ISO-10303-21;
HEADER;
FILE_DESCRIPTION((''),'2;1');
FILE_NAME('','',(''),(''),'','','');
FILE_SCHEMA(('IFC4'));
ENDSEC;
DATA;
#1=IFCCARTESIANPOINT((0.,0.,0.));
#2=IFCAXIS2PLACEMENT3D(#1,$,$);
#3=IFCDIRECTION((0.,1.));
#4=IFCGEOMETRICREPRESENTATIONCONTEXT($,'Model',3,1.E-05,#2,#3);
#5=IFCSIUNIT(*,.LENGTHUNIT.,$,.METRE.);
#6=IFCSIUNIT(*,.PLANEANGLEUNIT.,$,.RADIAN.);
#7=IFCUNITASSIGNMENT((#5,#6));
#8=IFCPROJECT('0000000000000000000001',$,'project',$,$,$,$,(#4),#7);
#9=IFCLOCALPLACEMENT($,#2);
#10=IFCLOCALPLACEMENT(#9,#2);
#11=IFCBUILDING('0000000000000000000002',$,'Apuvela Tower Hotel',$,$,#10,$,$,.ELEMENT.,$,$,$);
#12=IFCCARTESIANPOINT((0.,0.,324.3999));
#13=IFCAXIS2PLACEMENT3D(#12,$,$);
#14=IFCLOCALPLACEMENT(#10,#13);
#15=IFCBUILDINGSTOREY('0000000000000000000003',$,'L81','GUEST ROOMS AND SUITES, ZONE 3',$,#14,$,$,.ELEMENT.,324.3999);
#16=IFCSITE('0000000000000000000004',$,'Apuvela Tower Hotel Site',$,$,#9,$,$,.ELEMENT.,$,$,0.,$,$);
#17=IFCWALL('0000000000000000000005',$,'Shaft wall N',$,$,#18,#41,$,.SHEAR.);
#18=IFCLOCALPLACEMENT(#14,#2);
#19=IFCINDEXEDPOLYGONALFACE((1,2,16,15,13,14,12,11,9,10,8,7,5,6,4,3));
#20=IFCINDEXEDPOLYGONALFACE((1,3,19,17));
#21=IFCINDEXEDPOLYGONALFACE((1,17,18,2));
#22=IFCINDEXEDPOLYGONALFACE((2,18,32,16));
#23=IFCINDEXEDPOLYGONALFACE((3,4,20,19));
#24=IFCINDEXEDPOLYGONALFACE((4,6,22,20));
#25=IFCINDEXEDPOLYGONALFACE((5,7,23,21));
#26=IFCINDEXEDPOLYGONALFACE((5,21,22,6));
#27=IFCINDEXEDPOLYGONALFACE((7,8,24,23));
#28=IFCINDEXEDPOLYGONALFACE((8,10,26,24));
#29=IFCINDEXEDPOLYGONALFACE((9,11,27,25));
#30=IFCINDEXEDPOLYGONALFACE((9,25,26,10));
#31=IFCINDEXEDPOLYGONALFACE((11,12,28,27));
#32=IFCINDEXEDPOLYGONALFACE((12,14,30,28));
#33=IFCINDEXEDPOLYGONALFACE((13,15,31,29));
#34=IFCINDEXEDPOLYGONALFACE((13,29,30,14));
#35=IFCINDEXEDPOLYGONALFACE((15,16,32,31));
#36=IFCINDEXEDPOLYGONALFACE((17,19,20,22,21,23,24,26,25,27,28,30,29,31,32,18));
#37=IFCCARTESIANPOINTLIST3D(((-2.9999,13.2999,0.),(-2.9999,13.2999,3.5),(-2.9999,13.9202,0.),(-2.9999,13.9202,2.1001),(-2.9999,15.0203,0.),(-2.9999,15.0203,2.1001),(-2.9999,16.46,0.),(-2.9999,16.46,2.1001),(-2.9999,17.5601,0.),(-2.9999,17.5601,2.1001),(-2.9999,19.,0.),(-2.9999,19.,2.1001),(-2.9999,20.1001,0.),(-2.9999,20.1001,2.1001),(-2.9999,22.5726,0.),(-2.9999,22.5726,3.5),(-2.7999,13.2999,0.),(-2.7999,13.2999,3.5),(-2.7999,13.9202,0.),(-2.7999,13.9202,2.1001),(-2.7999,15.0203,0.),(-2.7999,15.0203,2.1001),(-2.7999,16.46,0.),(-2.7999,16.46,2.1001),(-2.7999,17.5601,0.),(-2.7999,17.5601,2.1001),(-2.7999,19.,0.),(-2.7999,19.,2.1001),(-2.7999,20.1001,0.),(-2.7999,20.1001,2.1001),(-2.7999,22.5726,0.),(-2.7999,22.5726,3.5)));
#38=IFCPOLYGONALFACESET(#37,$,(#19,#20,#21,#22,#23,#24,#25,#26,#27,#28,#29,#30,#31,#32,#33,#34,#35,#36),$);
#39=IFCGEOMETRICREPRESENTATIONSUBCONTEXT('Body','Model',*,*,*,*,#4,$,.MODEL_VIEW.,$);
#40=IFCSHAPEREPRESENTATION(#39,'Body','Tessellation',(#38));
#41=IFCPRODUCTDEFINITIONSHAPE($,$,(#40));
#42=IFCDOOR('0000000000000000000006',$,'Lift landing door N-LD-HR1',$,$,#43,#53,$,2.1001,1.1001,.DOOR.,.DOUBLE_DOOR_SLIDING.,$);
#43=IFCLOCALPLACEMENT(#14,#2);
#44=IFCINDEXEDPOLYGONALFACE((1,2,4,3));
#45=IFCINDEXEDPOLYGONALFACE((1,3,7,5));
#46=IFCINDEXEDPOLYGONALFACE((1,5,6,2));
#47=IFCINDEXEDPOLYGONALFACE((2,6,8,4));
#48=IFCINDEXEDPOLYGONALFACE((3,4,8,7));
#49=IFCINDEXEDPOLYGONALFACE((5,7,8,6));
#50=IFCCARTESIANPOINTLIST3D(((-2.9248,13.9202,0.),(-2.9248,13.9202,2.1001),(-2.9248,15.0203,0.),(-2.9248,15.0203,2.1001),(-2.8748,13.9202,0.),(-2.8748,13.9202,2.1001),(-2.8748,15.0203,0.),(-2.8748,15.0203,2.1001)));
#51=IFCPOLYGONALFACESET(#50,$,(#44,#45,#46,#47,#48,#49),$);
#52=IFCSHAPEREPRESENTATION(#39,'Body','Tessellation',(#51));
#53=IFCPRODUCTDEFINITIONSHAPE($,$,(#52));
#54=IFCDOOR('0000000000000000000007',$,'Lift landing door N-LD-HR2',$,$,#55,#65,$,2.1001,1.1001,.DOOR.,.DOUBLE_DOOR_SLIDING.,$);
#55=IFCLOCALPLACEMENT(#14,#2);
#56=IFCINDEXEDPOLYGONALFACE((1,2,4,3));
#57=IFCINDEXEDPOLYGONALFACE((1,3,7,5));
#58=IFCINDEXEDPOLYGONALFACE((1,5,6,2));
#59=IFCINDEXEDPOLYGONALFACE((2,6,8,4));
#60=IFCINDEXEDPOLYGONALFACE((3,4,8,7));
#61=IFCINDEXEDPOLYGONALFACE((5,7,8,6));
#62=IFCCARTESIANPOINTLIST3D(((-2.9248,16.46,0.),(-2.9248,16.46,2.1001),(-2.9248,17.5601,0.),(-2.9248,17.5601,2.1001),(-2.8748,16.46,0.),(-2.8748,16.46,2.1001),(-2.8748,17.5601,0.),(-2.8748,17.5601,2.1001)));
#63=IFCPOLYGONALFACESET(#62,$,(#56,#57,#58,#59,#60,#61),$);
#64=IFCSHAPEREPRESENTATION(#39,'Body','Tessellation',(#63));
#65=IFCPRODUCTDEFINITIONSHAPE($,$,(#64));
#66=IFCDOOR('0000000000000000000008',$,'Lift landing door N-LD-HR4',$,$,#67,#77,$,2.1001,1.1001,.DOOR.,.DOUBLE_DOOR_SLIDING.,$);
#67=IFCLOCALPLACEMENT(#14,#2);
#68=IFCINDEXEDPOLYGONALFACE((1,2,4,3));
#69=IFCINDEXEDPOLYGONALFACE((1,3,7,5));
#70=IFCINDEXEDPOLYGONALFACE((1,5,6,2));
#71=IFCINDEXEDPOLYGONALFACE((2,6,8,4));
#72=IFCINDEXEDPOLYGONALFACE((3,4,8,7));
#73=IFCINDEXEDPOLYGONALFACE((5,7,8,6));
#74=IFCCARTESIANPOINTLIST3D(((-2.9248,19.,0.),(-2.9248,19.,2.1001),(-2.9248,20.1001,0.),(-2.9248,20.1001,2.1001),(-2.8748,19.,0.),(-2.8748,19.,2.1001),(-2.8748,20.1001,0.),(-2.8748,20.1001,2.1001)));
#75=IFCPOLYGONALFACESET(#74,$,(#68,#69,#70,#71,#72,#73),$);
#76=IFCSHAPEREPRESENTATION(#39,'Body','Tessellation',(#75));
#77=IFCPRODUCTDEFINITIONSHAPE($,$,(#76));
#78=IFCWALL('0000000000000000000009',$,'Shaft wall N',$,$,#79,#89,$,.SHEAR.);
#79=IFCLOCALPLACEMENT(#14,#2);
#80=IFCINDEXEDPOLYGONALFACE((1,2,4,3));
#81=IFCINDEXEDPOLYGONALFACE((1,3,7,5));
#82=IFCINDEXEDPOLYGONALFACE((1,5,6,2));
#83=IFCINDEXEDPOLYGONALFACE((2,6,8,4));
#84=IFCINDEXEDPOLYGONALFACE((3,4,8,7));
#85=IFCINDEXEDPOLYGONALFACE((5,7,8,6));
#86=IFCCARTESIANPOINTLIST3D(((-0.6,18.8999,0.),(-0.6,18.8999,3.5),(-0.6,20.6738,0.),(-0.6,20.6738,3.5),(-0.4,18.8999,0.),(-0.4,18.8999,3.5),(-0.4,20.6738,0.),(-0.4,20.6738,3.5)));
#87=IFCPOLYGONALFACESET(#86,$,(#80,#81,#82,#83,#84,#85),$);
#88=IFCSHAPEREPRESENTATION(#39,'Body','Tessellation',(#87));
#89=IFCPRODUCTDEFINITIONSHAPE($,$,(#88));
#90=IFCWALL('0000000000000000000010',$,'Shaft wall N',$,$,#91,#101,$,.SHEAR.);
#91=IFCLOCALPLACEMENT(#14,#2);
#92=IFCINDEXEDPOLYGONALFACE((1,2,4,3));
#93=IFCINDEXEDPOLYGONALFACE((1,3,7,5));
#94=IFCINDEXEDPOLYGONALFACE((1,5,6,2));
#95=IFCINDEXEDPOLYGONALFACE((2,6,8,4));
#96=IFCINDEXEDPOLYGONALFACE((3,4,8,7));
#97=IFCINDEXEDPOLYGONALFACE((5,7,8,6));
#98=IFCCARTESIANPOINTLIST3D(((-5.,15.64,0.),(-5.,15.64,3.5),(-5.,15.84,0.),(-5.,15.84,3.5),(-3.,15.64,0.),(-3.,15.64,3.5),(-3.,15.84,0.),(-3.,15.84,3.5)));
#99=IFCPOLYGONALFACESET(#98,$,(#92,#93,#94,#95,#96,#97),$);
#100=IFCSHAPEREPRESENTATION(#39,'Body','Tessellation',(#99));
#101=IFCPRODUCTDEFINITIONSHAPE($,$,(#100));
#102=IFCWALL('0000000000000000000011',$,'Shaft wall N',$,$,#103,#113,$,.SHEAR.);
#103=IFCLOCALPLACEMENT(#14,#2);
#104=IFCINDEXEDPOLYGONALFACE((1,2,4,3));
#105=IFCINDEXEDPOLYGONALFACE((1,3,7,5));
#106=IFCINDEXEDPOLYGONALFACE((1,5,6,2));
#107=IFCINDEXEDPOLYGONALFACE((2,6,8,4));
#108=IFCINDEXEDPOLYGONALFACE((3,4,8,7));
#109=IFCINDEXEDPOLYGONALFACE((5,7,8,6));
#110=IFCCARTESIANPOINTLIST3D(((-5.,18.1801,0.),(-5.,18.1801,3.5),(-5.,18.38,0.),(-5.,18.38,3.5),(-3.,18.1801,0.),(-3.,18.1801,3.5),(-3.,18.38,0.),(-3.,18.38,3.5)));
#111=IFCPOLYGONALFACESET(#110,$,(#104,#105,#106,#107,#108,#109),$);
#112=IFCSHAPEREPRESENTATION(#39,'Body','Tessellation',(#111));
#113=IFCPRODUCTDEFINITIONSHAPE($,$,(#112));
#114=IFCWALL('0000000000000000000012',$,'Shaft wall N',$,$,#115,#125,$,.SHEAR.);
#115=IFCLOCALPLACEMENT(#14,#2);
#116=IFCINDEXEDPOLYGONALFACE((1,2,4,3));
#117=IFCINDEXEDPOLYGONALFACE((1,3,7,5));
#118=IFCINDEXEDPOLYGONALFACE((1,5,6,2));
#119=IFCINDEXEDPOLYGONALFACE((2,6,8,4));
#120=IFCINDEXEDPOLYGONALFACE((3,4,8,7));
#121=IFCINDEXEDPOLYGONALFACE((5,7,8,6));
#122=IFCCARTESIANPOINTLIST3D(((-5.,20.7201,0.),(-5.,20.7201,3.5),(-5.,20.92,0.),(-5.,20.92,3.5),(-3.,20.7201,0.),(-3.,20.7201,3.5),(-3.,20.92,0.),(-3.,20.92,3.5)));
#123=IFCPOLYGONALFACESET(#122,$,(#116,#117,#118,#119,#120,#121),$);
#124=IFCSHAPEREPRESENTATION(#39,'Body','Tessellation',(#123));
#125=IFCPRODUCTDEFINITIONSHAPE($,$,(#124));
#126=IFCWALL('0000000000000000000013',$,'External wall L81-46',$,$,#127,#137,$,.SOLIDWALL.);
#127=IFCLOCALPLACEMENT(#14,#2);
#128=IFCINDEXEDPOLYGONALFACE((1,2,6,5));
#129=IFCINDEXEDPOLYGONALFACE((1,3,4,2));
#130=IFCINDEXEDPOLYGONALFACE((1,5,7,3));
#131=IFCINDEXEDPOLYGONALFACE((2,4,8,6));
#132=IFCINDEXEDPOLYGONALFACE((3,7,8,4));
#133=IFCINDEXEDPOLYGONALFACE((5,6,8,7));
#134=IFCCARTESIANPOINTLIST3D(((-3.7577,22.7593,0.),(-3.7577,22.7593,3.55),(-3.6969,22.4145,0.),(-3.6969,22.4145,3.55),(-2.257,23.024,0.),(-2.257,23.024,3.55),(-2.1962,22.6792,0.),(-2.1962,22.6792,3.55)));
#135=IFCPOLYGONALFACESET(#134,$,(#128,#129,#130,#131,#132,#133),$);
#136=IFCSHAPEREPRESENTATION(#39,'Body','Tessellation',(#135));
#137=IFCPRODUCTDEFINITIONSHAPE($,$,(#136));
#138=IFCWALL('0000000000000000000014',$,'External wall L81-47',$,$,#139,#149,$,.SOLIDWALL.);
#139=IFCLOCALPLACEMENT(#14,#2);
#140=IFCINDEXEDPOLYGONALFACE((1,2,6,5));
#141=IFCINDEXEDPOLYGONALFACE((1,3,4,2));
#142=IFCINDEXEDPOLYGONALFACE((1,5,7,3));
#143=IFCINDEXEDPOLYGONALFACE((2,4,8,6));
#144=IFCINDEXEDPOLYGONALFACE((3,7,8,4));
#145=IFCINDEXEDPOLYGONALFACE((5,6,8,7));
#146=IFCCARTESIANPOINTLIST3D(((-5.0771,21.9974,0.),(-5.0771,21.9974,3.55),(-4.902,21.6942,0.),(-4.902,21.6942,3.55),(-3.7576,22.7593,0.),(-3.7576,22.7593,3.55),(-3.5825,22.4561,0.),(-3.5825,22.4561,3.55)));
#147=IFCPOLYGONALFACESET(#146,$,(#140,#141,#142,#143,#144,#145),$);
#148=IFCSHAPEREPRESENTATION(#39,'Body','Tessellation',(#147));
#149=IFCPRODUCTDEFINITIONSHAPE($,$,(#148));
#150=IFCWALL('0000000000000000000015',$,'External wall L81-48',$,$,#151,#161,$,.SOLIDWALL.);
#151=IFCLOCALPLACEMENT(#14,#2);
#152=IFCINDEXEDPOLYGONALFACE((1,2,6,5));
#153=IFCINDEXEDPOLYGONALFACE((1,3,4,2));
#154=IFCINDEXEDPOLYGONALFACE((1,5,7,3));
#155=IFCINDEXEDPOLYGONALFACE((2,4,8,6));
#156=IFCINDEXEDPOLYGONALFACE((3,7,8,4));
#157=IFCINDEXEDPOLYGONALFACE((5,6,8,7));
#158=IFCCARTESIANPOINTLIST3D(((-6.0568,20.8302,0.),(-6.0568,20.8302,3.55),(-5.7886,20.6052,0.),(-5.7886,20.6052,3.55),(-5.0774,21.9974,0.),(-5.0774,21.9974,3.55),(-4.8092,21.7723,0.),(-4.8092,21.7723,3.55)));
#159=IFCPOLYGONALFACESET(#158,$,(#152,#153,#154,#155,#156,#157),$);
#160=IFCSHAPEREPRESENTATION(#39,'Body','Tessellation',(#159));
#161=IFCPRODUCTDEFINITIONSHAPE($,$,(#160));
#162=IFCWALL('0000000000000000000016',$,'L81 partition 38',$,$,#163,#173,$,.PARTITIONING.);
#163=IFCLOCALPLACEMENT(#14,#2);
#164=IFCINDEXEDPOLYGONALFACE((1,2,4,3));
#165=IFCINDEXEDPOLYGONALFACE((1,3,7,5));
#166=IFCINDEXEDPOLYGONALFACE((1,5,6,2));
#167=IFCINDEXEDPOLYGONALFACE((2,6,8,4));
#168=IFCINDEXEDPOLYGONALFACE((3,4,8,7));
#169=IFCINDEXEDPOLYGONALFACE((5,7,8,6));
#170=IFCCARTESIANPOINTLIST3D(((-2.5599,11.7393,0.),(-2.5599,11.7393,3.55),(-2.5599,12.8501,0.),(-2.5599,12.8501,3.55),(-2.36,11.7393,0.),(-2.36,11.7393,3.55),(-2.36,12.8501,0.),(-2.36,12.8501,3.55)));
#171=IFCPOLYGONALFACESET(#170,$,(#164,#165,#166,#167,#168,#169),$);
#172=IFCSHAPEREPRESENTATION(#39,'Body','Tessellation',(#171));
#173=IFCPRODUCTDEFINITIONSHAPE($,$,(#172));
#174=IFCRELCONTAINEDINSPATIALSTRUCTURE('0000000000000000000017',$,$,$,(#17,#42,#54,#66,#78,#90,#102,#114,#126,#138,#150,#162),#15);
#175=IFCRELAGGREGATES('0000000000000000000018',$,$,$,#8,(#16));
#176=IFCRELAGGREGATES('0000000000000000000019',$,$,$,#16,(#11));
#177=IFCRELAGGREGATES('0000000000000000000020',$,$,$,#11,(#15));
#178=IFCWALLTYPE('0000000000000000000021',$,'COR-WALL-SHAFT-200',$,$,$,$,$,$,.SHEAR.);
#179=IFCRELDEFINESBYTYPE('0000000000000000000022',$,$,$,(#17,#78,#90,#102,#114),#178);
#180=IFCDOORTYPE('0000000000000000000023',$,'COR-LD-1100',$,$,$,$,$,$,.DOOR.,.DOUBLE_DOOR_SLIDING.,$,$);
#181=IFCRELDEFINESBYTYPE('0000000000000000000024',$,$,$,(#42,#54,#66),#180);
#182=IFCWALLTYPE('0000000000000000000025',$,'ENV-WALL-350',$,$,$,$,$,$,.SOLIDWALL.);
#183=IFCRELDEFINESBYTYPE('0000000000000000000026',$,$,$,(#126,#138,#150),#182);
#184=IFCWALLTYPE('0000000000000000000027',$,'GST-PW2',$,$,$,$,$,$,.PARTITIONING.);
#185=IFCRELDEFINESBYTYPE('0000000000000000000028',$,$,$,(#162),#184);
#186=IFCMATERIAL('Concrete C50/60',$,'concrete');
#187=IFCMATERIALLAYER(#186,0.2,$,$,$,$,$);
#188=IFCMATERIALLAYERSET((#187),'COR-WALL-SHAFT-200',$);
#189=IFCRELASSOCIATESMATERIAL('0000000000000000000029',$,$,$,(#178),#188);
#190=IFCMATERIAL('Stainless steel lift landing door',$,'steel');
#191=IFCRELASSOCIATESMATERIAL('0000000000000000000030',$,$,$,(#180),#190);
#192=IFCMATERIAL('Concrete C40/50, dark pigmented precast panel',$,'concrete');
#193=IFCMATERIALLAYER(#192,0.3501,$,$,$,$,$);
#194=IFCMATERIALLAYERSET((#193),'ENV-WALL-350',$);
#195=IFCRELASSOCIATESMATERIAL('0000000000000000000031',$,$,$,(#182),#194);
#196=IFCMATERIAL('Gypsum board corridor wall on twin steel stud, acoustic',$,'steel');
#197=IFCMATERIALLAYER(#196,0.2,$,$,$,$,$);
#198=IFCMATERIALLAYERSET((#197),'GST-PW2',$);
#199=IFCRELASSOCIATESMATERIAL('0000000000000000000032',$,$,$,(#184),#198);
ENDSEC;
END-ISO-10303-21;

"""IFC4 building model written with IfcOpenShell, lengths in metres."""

from ifc_helpers import new_model, si_unit, direction, frame, frame_2d, origin, place, context, subcontext, project, spatial, rectangle, extrude, material, layer, layer_set, type_object, element, fill, save


model = new_model("IFC4")

# Units and contexts
model_context = context("Model", 3, precision=1e-05, world=origin(), true_north=direction((0.0, 1.0)))
body_context = subcontext(model_context, "Body", "Model", "MODEL_VIEW")
ifc_project = project(units=[si_unit("LENGTHUNIT", "METRE"), si_unit("PLANEANGLEUNIT", "RADIAN")], contexts=[model_context])

# Site, building, storey
site_placement = place(None, origin())
site = spatial("IfcSite", under=ifc_project, at=site_placement, Name="Apuvela Tower Hotel Site", CompositionType="ELEMENT", RefElevation=0.0)
building_placement = place(site_placement, origin())
building = spatial("IfcBuilding", under=site, at=building_placement, Name="Apuvela Tower Hotel", CompositionType="ELEMENT")
storey_placement = place(building_placement, frame((0.0, 0.0, 324.3999)))
storey = spatial("IfcBuildingStorey", under=building, at=storey_placement, Name="L81", Description="GUEST ROOMS AND SUITES, ZONE 3", CompositionType="ELEMENT", Elevation=324.3999)

# Shared definitions
ifc_material_1 = material(Name="Concrete C50/60", Category="concrete")
ifc_layer_1 = layer(ifc_material_1, 0.2)
ifc_layer_set_1 = layer_set([ifc_layer_1], Name="COR-WALL-SHAFT-200")
wall_type_1 = type_object("IfcWallType", Name="COR-WALL-SHAFT-200", PredefinedType="SHEAR", material=ifc_layer_set_1)

# Wall, openings, doors
wall_1_placement = place(storey_placement, frame((-2.8999, 13.3, 0.0), z_axis=(0.0, 0.0, 1.0), x_axis=(0.0, 1.0, 0.0)))
wall_1 = element("IfcWall", 1, at=wall_1_placement, inside=storey, type_object=wall_type_1, Name="Shaft wall N", PredefinedType="SHEAR", context=body_context, shape_type="SweptSolid", body=[
    extrude(rectangle(XDim=9.2727, YDim=0.2, at=frame_2d((4.6362, 0.0))), origin(), (0.0, 0.0, 1.0), 3.5),
])
opening_1_placement = place(wall_1_placement, frame((0.6201, 0.0, 0.0)))
opening_1 = element("IfcOpeningElement", 2, at=opening_1_placement, cuts=wall_1, PredefinedType="OPENING", context=body_context, shape_type="SweptSolid", body=[
    extrude(rectangle(XDim=1.1001, YDim=2.1001, at=frame_2d((0.55, 1.05))), frame((0.0, 0.1099, 0.0), z_axis=(0.0, -1.0, 0.0), x_axis=(1.0, 0.0, 0.0)), (0.0, 0.0, 1.0), 0.22),
])
opening_2_placement = place(wall_1_placement, frame((3.1599, 0.0, 0.0)))
opening_2 = element("IfcOpeningElement", 3, at=opening_2_placement, cuts=wall_1, PredefinedType="OPENING", context=body_context, shape_type="SweptSolid", body=[
    extrude(rectangle(XDim=1.1001, YDim=2.1001, at=frame_2d((0.55, 1.05))), frame((0.0, 0.1099, 0.0), z_axis=(0.0, -1.0, 0.0), x_axis=(1.0, 0.0, 0.0)), (0.0, 0.0, 1.0), 0.22),
])
opening_3_placement = place(wall_1_placement, frame((5.7, 0.0, 0.0)))
opening_3 = element("IfcOpeningElement", 4, at=opening_3_placement, cuts=wall_1, PredefinedType="OPENING", context=body_context, shape_type="SweptSolid", body=[
    extrude(rectangle(XDim=1.1001, YDim=2.1001, at=frame_2d((0.55, 1.05))), frame((0.0, 0.1099, 0.0), z_axis=(0.0, -1.0, 0.0), x_axis=(1.0, 0.0, 0.0)), (0.0, 0.0, 1.0), 0.22),
])
ifc_material_2 = material(Name="Stainless steel lift landing door", Category="steel")
door_type_1 = type_object("IfcDoorType", Name="COR-LD-1100", OperationType="DOUBLE_DOOR_SLIDING", PredefinedType="DOOR", material=ifc_material_2)
door_1_placement = place(opening_1_placement, origin())
door_1 = element("IfcDoor", 5, at=door_1_placement, inside=storey, type_object=door_type_1, Name="Lift landing door N-LD-HR1", OperationType="DOUBLE_DOOR_SLIDING", OverallHeight=2.1001, OverallWidth=1.1001, PredefinedType="DOOR", context=body_context, shape_type="SweptSolid", body=[
    extrude(rectangle(XDim=1.1001, YDim=2.1001, at=frame_2d((0.55, 1.05))), frame((0.0, 0.0249, 0.0), z_axis=(0.0, -1.0, 0.0), x_axis=(1.0, 0.0, 0.0)), (0.0, 0.0, 1.0), 0.05),
])
fill(opening_1, door_1)
door_2_placement = place(opening_2_placement, origin())
door_2 = element("IfcDoor", 6, at=door_2_placement, inside=storey, type_object=door_type_1, Name="Lift landing door N-LD-HR2", OperationType="DOUBLE_DOOR_SLIDING", OverallHeight=2.1001, OverallWidth=1.1001, PredefinedType="DOOR", context=body_context, shape_type="SweptSolid", body=[
    extrude(rectangle(XDim=1.1001, YDim=2.1001, at=frame_2d((0.55, 1.05))), frame((0.0, 0.0249, 0.0), z_axis=(0.0, -1.0, 0.0), x_axis=(1.0, 0.0, 0.0)), (0.0, 0.0, 1.0), 0.05),
])
fill(opening_2, door_2)
door_3_placement = place(opening_3_placement, origin())
door_3 = element("IfcDoor", 7, at=door_3_placement, inside=storey, type_object=door_type_1, Name="Lift landing door N-LD-HR4", OperationType="DOUBLE_DOOR_SLIDING", OverallHeight=2.1001, OverallWidth=1.1001, PredefinedType="DOOR", context=body_context, shape_type="SweptSolid", body=[
    extrude(rectangle(XDim=1.1001, YDim=2.1001, at=frame_2d((0.55, 1.05))), frame((0.0, 0.0249, 0.0), z_axis=(0.0, -1.0, 0.0), x_axis=(1.0, 0.0, 0.0)), (0.0, 0.0, 1.0), 0.05),
])
fill(opening_3, door_3)

# Walls
wall_2_placement = place(storey_placement, frame((-0.5, 18.8999, 0.0), z_axis=(0.0, 0.0, 1.0), x_axis=(0.0, 1.0, 0.0)))
element("IfcWall", 8, at=wall_2_placement, inside=storey, type_object=wall_type_1, Name="Shaft wall N", PredefinedType="SHEAR", context=body_context, shape_type="SweptSolid", body=[
    extrude(rectangle(XDim=1.7739, YDim=0.2, at=frame_2d((0.887, 0.0))), origin(), (0.0, 0.0, 1.0), 3.5),
])
for number, where, z_axis, x_axis, name in (
    (9, (-3.0, 15.74, 0.0), (0.0, 0.0, 1.0), (-1.0, 0.0, 0.0), "Shaft wall N"),
    (10, (-3.0, 18.28, 0.0), (0.0, 0.0, 1.0), (-1.0, 0.0, 0.0), "Shaft wall N"),
    (11, (-3.0, 20.8201, 0.0), (0.0, 0.0, 1.0), (-1.0, 0.0, 0.0), "Shaft wall N"),
):
    element("IfcWall", number, at=place(storey_placement, frame(where, z_axis=z_axis, x_axis=x_axis)), inside=storey, type_object=wall_type_1, Name=name, PredefinedType="SHEAR", context=body_context, shape_type="SweptSolid", body=[
        extrude(rectangle(XDim=2.0, YDim=0.2, at=frame_2d((1.0, 0.0))), origin(), (0.0, 0.0, 1.0), 3.5),
    ])

# Shared definitions
ifc_material_3 = material(Name="Concrete C40/50, dark pigmented precast panel", Category="concrete")
ifc_layer_2 = layer(ifc_material_3, 0.3501)
ifc_layer_set_2 = layer_set([ifc_layer_2], Name="ENV-WALL-350")
wall_type_2 = type_object("IfcWallType", Name="ENV-WALL-350", PredefinedType="SOLIDWALL", material=ifc_layer_set_2)

# Walls
wall_3_placement = place(storey_placement, frame((-2.2266, 22.8516, 0.0), z_axis=(0.0, 0.0, 1.0), x_axis=(-0.984805, -0.173667, 0.0)))
element("IfcWall", 12, at=wall_3_placement, inside=storey, type_object=wall_type_2, Name="External wall L81-46", PredefinedType="SOLIDWALL", context=body_context, shape_type="SweptSolid", body=[
    extrude(rectangle(XDim=1.5239, YDim=0.3501, at=frame_2d((0.762, 0.0))), origin(), (0.0, 0.0, 1.0), 3.55),
])
for number, where, z_axis, x_axis, name in (
    (13, (-3.6702, 22.6077, 0.0), (0.0, 0.0, 1.0), (-0.865996, -0.500051, 0.0), "External wall L81-47"),
    (14, (-4.9434, 21.8848, 0.0), (0.0, 0.0, 1.0), (-0.642812, -0.766024, 0.0), "External wall L81-48"),
):
    element("IfcWall", number, at=place(storey_placement, frame(where, z_axis=z_axis, x_axis=x_axis)), inside=storey, type_object=wall_type_2, Name=name, PredefinedType="SOLIDWALL", context=body_context, shape_type="SweptSolid", body=[
        extrude(rectangle(XDim=1.5237, YDim=0.3501, at=frame_2d((0.7617, 0.0))), origin(), (0.0, 0.0, 1.0), 3.55),
    ])
ifc_material_4 = material(Name="Gypsum board corridor wall on twin steel stud, acoustic", Category="steel")
ifc_layer_3 = layer(ifc_material_4, 0.2)
ifc_layer_set_3 = layer_set([ifc_layer_3], Name="GST-PW2")
wall_type_3 = type_object("IfcWallType", Name="GST-PW2", PredefinedType="PARTITIONING", material=ifc_layer_set_3)
wall_4_placement = place(storey_placement, frame((-2.46, 11.7393, 0.0), z_axis=(0.0, 0.0, 1.0), x_axis=(0.0, 1.0, 0.0)))
element("IfcWall", 15, at=wall_4_placement, inside=storey, type_object=wall_type_3, Name="L81 partition 38", PredefinedType="PARTITIONING", context=body_context, shape_type="SweptSolid", body=[
    extrude(rectangle(XDim=1.1108, YDim=0.2, at=frame_2d((0.5554, 0.0))), origin(), (0.0, 0.0, 1.0), 3.55),
])

save(model, "model.ifc")
